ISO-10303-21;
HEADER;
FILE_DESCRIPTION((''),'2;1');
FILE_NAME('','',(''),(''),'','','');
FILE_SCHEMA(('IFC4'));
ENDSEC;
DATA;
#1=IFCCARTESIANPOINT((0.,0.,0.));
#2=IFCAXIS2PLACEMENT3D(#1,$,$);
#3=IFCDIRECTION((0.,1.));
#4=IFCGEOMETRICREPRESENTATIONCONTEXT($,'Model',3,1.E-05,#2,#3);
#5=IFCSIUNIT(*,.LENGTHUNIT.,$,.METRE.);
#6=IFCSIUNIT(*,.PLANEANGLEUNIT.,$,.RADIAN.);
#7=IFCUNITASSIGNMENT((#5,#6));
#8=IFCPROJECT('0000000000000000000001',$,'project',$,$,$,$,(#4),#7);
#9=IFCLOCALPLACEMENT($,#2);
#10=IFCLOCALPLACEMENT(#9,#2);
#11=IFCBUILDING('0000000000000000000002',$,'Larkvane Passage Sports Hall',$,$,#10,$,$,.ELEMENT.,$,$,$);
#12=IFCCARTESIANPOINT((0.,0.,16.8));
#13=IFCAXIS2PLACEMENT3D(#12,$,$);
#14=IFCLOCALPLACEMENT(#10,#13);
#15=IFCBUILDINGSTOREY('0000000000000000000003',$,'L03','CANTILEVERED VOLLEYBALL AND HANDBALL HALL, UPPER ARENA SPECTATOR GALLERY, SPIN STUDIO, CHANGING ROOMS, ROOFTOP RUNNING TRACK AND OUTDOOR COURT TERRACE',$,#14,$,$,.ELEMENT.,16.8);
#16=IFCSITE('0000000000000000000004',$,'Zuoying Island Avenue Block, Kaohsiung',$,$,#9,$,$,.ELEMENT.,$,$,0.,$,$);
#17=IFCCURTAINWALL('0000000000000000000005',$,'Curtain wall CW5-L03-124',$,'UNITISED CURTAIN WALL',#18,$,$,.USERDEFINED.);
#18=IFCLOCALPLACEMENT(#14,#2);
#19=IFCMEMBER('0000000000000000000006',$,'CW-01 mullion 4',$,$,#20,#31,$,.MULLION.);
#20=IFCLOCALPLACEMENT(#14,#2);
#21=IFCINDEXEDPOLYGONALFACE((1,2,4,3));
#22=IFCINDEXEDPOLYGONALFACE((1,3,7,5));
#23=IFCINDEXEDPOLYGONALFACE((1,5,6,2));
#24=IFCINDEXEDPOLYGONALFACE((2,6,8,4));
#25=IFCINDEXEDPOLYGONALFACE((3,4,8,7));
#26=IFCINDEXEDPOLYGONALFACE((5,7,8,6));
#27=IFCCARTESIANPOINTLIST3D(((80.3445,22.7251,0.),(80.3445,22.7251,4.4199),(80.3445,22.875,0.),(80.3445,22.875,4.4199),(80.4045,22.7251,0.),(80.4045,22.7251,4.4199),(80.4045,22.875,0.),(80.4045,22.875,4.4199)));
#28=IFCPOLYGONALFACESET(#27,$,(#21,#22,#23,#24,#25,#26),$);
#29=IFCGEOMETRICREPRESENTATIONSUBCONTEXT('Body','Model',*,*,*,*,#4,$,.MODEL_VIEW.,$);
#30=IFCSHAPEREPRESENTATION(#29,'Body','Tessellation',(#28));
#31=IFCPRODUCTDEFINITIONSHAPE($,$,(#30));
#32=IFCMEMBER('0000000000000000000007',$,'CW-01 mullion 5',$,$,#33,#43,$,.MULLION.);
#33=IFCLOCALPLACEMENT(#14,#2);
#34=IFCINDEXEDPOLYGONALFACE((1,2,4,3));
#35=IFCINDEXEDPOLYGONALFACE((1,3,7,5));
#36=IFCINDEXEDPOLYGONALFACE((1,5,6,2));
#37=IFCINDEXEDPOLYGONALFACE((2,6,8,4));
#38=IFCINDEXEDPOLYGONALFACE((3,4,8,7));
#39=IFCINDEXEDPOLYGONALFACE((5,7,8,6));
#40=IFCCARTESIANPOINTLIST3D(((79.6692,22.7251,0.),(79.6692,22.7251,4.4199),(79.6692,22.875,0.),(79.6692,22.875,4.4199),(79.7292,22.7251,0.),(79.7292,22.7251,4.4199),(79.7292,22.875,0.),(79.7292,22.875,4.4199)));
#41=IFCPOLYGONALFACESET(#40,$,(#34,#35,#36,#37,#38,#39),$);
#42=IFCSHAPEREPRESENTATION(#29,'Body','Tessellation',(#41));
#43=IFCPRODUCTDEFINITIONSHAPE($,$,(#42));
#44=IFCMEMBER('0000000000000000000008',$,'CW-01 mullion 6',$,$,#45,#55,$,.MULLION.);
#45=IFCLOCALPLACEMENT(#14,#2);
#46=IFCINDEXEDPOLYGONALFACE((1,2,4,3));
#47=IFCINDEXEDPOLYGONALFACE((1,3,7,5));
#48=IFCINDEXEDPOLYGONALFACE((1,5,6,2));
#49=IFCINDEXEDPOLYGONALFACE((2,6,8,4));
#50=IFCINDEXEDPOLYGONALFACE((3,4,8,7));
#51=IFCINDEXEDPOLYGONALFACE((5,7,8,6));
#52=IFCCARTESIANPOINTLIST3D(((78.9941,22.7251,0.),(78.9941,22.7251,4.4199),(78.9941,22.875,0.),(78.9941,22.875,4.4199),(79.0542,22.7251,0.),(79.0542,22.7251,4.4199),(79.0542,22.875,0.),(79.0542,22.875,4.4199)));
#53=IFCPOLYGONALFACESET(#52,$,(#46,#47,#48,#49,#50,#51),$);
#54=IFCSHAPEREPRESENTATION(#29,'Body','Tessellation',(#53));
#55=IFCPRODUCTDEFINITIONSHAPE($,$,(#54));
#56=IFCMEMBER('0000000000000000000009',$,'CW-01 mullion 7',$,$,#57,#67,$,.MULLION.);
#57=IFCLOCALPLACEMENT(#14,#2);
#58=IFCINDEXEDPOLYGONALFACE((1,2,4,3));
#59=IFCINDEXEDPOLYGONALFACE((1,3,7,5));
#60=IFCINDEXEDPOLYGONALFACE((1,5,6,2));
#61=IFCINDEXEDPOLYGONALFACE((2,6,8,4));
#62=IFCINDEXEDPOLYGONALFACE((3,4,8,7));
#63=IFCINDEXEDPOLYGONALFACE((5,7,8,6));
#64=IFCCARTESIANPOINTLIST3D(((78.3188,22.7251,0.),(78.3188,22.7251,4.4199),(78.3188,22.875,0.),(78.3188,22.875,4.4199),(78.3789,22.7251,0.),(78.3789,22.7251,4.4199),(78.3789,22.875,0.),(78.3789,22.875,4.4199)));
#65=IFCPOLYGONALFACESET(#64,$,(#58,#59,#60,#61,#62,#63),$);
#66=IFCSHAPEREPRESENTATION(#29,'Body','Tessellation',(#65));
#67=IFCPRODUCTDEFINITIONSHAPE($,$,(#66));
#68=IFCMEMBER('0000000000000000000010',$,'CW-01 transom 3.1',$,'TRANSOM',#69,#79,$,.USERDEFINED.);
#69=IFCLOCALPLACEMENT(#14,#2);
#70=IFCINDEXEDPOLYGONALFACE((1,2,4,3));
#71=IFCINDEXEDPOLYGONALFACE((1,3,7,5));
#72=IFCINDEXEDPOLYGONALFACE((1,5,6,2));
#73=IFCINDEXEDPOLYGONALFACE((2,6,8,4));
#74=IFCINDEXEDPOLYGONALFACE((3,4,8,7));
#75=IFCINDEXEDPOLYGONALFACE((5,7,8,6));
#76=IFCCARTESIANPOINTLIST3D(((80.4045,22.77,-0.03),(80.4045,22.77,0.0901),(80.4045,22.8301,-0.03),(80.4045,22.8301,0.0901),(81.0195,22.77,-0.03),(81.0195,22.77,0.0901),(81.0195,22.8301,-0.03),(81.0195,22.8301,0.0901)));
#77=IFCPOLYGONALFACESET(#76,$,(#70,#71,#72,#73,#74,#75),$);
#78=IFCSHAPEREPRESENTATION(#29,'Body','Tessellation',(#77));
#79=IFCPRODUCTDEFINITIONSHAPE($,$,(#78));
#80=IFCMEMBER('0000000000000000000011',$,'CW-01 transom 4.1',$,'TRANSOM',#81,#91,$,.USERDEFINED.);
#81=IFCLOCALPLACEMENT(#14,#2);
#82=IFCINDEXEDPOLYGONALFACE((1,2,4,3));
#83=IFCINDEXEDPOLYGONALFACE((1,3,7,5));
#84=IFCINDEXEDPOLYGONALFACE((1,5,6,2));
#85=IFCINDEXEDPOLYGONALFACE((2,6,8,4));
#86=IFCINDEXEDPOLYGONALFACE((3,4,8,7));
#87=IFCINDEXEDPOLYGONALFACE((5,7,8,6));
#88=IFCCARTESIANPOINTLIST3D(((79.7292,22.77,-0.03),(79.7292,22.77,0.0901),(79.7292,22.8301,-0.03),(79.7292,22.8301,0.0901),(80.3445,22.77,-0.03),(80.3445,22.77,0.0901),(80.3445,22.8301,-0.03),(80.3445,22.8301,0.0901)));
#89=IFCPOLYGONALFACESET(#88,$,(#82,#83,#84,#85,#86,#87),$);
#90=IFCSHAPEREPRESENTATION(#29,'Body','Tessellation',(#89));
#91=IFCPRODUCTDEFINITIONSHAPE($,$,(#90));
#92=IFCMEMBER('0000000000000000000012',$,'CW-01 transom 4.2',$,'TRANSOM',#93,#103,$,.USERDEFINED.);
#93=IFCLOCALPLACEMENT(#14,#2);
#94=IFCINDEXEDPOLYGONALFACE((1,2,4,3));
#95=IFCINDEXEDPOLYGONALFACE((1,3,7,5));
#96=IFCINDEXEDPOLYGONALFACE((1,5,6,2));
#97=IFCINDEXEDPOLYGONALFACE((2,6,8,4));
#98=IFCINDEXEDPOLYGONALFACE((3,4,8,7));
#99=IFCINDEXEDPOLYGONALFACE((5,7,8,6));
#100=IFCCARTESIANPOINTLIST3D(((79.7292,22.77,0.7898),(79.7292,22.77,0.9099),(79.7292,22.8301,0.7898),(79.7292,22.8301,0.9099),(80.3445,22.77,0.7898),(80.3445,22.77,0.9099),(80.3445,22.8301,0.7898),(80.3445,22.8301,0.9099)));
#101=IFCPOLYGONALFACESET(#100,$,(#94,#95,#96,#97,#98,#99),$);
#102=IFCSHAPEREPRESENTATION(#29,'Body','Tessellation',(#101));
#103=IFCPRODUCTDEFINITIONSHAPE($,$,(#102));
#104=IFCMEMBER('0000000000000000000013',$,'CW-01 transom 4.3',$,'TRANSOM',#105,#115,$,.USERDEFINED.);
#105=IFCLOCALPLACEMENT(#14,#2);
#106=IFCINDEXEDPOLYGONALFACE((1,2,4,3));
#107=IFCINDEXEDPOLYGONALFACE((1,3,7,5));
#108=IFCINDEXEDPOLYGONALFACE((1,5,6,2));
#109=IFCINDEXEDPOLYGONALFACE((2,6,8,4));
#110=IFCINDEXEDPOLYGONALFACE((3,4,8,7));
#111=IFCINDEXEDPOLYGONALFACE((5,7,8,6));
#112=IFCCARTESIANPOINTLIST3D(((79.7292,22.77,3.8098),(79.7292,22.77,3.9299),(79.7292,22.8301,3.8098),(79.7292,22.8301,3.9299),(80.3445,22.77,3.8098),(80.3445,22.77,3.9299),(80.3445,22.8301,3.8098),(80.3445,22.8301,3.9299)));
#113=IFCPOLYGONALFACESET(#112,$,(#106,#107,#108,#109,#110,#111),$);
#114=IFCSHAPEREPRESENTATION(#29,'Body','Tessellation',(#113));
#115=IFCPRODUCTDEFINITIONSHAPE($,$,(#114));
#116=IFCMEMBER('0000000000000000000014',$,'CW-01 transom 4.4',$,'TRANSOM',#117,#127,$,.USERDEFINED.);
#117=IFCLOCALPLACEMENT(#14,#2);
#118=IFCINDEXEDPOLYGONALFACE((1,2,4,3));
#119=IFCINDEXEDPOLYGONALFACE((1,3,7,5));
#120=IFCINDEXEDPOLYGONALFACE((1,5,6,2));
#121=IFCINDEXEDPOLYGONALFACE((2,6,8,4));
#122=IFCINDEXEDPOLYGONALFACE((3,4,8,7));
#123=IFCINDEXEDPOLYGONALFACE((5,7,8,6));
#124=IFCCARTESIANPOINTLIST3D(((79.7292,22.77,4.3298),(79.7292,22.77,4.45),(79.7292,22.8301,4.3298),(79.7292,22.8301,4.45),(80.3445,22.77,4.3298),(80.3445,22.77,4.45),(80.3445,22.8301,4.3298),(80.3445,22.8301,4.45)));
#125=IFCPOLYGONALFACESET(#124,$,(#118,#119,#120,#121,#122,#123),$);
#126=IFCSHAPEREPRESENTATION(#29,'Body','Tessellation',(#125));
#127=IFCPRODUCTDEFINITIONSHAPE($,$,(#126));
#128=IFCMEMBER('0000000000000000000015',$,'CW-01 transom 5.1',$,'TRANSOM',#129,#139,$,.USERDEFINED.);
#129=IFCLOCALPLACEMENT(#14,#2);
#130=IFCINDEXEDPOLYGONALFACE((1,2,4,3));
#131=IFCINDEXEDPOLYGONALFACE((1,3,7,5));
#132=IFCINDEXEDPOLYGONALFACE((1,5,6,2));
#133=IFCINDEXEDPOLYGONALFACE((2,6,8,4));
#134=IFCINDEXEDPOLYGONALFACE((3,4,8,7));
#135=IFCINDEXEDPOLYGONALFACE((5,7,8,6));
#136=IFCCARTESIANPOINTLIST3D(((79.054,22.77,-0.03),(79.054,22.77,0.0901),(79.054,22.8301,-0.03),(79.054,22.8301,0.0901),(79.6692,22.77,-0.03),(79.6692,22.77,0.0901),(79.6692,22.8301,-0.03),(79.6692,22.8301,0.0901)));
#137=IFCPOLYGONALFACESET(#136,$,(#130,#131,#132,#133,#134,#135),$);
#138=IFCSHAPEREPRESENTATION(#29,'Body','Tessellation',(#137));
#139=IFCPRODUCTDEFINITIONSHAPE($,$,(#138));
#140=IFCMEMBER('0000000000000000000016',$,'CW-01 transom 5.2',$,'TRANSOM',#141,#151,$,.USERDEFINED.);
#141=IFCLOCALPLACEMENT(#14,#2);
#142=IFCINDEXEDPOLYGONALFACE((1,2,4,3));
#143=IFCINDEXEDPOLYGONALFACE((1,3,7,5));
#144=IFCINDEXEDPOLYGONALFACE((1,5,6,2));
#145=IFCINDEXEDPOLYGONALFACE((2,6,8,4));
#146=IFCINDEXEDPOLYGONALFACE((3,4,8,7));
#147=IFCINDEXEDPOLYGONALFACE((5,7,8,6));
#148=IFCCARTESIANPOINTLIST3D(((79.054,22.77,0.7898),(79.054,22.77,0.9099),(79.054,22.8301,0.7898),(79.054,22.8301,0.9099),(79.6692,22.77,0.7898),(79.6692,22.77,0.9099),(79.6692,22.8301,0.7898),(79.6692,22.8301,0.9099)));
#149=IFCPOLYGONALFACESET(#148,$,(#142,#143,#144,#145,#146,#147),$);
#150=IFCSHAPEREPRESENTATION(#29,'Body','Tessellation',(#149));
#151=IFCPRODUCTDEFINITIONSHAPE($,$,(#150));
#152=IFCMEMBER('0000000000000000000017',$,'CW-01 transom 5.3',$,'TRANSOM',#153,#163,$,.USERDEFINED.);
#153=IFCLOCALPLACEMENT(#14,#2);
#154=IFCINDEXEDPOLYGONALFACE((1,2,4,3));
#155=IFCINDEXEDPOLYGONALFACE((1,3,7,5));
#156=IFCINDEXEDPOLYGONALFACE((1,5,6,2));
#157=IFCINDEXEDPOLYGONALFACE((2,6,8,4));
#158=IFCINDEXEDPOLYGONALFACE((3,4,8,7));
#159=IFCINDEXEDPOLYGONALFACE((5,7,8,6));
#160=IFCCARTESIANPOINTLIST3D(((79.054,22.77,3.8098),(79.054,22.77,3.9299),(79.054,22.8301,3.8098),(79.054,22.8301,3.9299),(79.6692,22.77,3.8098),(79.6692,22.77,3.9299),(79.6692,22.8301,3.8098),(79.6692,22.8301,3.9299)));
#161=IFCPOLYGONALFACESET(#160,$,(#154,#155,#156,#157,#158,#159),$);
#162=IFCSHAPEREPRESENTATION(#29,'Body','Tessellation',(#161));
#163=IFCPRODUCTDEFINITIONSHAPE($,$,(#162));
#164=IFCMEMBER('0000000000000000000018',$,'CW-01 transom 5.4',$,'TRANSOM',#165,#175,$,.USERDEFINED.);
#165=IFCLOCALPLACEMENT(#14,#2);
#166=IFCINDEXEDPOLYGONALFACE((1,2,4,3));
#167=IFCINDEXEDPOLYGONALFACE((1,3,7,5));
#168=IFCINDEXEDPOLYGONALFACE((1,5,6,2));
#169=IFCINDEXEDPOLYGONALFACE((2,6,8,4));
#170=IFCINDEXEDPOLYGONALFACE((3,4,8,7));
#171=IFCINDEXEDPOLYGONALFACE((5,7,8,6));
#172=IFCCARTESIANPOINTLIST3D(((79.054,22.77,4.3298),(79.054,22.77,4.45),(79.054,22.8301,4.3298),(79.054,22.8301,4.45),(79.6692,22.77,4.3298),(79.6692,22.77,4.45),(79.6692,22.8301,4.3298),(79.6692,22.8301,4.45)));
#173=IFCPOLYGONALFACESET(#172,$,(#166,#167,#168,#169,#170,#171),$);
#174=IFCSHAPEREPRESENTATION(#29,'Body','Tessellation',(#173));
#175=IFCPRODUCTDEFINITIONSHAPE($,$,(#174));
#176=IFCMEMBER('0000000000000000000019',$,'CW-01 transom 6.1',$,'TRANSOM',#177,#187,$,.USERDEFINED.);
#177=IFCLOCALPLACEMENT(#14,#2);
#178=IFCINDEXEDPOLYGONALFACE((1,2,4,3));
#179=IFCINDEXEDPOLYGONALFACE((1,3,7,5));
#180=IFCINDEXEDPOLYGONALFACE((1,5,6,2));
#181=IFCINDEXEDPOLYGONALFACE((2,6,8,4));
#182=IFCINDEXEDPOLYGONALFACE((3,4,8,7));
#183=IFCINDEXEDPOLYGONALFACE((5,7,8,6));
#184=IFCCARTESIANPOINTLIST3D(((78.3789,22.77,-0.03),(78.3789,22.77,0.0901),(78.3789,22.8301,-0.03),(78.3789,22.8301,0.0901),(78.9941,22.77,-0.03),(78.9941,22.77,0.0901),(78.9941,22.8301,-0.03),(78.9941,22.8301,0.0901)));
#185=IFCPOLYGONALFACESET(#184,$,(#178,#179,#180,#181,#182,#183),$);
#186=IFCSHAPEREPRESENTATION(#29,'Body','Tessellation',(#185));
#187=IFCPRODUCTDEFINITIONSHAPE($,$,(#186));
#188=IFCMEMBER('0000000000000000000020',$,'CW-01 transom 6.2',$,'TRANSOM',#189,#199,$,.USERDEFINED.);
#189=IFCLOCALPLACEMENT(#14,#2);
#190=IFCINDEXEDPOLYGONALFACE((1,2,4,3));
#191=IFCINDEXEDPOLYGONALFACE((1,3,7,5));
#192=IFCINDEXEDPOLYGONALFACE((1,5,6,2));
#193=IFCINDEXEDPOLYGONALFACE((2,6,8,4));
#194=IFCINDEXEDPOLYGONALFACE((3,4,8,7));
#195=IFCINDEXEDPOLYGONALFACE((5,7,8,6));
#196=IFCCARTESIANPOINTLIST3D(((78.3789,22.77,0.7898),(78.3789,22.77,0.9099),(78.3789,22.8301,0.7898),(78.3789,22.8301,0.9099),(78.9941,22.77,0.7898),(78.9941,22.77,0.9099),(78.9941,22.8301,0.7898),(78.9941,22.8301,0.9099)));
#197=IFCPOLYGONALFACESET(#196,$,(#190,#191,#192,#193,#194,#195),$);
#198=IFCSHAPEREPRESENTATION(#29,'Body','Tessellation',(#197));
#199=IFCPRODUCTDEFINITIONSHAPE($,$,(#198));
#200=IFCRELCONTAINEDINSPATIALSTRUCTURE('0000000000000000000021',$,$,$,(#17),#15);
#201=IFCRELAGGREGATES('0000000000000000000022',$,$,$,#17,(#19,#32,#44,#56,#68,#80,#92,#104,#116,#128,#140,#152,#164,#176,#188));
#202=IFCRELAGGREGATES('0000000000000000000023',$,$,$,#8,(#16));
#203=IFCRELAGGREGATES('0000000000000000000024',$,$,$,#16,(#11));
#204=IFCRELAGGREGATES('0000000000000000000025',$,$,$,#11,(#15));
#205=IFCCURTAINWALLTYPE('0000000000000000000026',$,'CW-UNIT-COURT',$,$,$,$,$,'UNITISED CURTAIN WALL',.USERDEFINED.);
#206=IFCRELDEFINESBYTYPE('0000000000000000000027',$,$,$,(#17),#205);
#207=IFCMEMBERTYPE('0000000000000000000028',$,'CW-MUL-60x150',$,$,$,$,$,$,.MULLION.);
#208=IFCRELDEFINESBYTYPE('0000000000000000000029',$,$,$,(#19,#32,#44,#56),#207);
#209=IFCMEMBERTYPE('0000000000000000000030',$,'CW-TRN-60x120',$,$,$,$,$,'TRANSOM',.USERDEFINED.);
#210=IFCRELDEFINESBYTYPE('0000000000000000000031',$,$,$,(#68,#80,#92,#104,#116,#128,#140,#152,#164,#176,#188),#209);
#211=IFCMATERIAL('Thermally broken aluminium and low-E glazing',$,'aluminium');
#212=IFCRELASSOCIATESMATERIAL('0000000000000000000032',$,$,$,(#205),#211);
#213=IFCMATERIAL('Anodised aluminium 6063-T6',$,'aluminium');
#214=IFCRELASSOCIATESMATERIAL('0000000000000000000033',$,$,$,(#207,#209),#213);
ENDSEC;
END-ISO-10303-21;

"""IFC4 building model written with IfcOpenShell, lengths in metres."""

from ifc_helpers import new_model, si_unit, direction, frame, origin, origin_2d, place, context, subcontext, project, spatial, rectangle, extrude, material, material_profile, profile_set, type_object, element, aggregate, save


model = new_model("IFC4")

# Units and contexts
model_context = context("Model", 3, precision=1e-05, world=origin(), true_north=direction((0.0, 1.0)))
body_context = subcontext(model_context, "Body", "Model", "MODEL_VIEW")
ifc_project = project(units=[si_unit("LENGTHUNIT", "METRE"), si_unit("PLANEANGLEUNIT", "RADIAN")], contexts=[model_context])

# Site, building, storey
site_placement = place(None, origin())
site = spatial("IfcSite", under=ifc_project, at=site_placement, Name="Zuoying Island Avenue Block, Kaohsiung", CompositionType="ELEMENT", RefElevation=0.0)
building_placement = place(site_placement, origin())
building = spatial("IfcBuilding", under=site, at=building_placement, Name="Larkvane Passage Sports Hall", CompositionType="ELEMENT")
storey_placement = place(building_placement, frame((0.0, 0.0, 16.8)))
storey = spatial("IfcBuildingStorey", under=building, at=storey_placement, Name="L03", Description="CANTILEVERED VOLLEYBALL AND HANDBALL HALL, UPPER ARENA SPECTATOR GALLERY, SPIN STUDIO, CHANGING ROOMS, ROOFTOP RUNNING TRACK AND OUTDOOR COURT TERRACE", CompositionType="ELEMENT", Elevation=16.8)

# Curtain wall, members
ifc_material_1 = material(Name="Thermally broken aluminium and low-E glazing", Category="aluminium")
curtain_wall_type = type_object("IfcCurtainWallType", Name="CW-UNIT-COURT", ElementType="UNITISED CURTAIN WALL", PredefinedType="USERDEFINED", material=ifc_material_1)
curtain_wall_placement = place(storey_placement, origin())
curtain_wall = element("IfcCurtainWall", 1, at=curtain_wall_placement, inside=storey, type_object=curtain_wall_type, Name="Curtain wall CW5-L03-124", ObjectType="UNITISED CURTAIN WALL", PredefinedType="USERDEFINED")
ifc_material_2 = material(Name="Anodised aluminium 6063-T6", Category="aluminium")
ifc_material_profile_1 = material_profile(ifc_material_2, rectangle(XDim=0.0601, YDim=0.1499, at=origin_2d()), Name="ALU-MUL-60x150")
ifc_profile_set_1 = profile_set([ifc_material_profile_1], Name="Anodised aluminium 6063-T6")
member_type_1 = type_object("IfcMemberType", Name="CW-MUL-60x150", PredefinedType="MULLION", material=ifc_profile_set_1)
member_1_placement = place(storey_placement, frame((80.3745, 22.8, 0.0), z_axis=(0.0, 0.0, 1.0), x_axis=(-1.0, 0.0, 0.0)))
member_1 = element("IfcMember", 2, at=member_1_placement, type_object=member_type_1, Name="CW-01 mullion 4", PredefinedType="MULLION", context=body_context, shape_type="SweptSolid", body=[
    extrude(rectangle(XDim=0.0601, YDim=0.1499, at=origin_2d()), origin(), (0.0, 0.0, 1.0), 4.4199),
])
member_2_placement = place(storey_placement, frame((79.6992, 22.8, 0.0), z_axis=(0.0, 0.0, 1.0), x_axis=(-1.0, 0.0, 0.0)))
member_2 = element("IfcMember", 3, at=member_2_placement, type_object=member_type_1, Name="CW-01 mullion 5", PredefinedType="MULLION", context=body_context, shape_type="SweptSolid", body=[
    extrude(rectangle(XDim=0.0601, YDim=0.1499, at=origin_2d()), origin(), (0.0, 0.0, 1.0), 4.4199),
])
member_3_placement = place(storey_placement, frame((79.0242, 22.8, 0.0), z_axis=(0.0, 0.0, 1.0), x_axis=(-1.0, 0.0, 0.0)))
member_3 = element("IfcMember", 4, at=member_3_placement, type_object=member_type_1, Name="CW-01 mullion 6", PredefinedType="MULLION", context=body_context, shape_type="SweptSolid", body=[
    extrude(rectangle(XDim=0.0601, YDim=0.1499, at=origin_2d()), origin(), (0.0, 0.0, 1.0), 4.4199),
])
member_4_placement = place(storey_placement, frame((78.3489, 22.8, 0.0), z_axis=(0.0, 0.0, 1.0), x_axis=(-1.0, 0.0, 0.0)))
member_4 = element("IfcMember", 5, at=member_4_placement, type_object=member_type_1, Name="CW-01 mullion 7", PredefinedType="MULLION", context=body_context, shape_type="SweptSolid", body=[
    extrude(rectangle(XDim=0.0601, YDim=0.1499, at=origin_2d()), origin(), (0.0, 0.0, 1.0), 4.4199),
])
ifc_material_profile_2 = material_profile(ifc_material_2, rectangle(XDim=0.0601, YDim=0.1201, at=origin_2d()), Name="ALU-TRN-60x120")
ifc_profile_set_2 = profile_set([ifc_material_profile_2], Name="Anodised aluminium 6063-T6")
member_type_2 = type_object("IfcMemberType", Name="CW-TRN-60x120", ElementType="TRANSOM", PredefinedType="USERDEFINED", material=ifc_profile_set_2)
member_5_placement = place(storey_placement, frame((81.0195, 22.8, 0.03), z_axis=(-1.0, 0.0, 0.0), x_axis=(0.0, -1.0, 0.0)))
member_5 = element("IfcMember", 6, at=member_5_placement, type_object=member_type_2, Name="CW-01 transom 3.1", ObjectType="TRANSOM", PredefinedType="USERDEFINED", context=body_context, shape_type="SweptSolid", body=[
    extrude(rectangle(XDim=0.0601, YDim=0.1201, at=origin_2d()), origin(), (0.0, 0.0, 1.0), 0.615),
])
member_6_placement = place(storey_placement, frame((80.3445, 22.8, 0.03), z_axis=(-1.0, 0.0, 0.0), x_axis=(0.0, -1.0, 0.0)))
member_6 = element("IfcMember", 7, at=member_6_placement, type_object=member_type_2, Name="CW-01 transom 4.1", ObjectType="TRANSOM", PredefinedType="USERDEFINED", context=body_context, shape_type="SweptSolid", body=[
    extrude(rectangle(XDim=0.0601, YDim=0.1201, at=origin_2d()), origin(), (0.0, 0.0, 1.0), 0.6152),
])
member_7_placement = place(storey_placement, frame((80.3445, 22.8, 0.8499), z_axis=(-1.0, 0.0, 0.0), x_axis=(0.0, -1.0, 0.0)))
member_7 = element("IfcMember", 8, at=member_7_placement, type_object=member_type_2, Name="CW-01 transom 4.2", ObjectType="TRANSOM", PredefinedType="USERDEFINED", context=body_context, shape_type="SweptSolid", body=[
    extrude(rectangle(XDim=0.0601, YDim=0.1201, at=origin_2d()), origin(), (0.0, 0.0, 1.0), 0.6152),
])
member_8_placement = place(storey_placement, frame((80.3445, 22.8, 3.8699), z_axis=(-1.0, 0.0, 0.0), x_axis=(0.0, -1.0, 0.0)))
member_8 = element("IfcMember", 9, at=member_8_placement, type_object=member_type_2, Name="CW-01 transom 4.3", ObjectType="TRANSOM", PredefinedType="USERDEFINED", context=body_context, shape_type="SweptSolid", body=[
    extrude(rectangle(XDim=0.0601, YDim=0.1201, at=origin_2d()), origin(), (0.0, 0.0, 1.0), 0.6152),
])
member_9_placement = place(storey_placement, frame((80.3445, 22.8, 4.3899), z_axis=(-1.0, 0.0, 0.0), x_axis=(0.0, -1.0, 0.0)))
member_9 = element("IfcMember", 10, at=member_9_placement, type_object=member_type_2, Name="CW-01 transom 4.4", ObjectType="TRANSOM", PredefinedType="USERDEFINED", context=body_context, shape_type="SweptSolid", body=[
    extrude(rectangle(XDim=0.0601, YDim=0.1201, at=origin_2d()), origin(), (0.0, 0.0, 1.0), 0.6152),
])
member_10_placement = place(storey_placement, frame((79.6692, 22.8, 0.03), z_axis=(-1.0, 0.0, 0.0), x_axis=(0.0, -1.0, 0.0)))
member_10 = element("IfcMember", 11, at=member_10_placement, type_object=member_type_2, Name="CW-01 transom 5.1", ObjectType="TRANSOM", PredefinedType="USERDEFINED", context=body_context, shape_type="SweptSolid", body=[
    extrude(rectangle(XDim=0.0601, YDim=0.1201, at=origin_2d()), origin(), (0.0, 0.0, 1.0), 0.6152),
])
member_11_placement = place(storey_placement, frame((79.6692, 22.8, 0.8499), z_axis=(-1.0, 0.0, 0.0), x_axis=(0.0, -1.0, 0.0)))
member_11 = element("IfcMember", 12, at=member_11_placement, type_object=member_type_2, Name="CW-01 transom 5.2", ObjectType="TRANSOM", PredefinedType="USERDEFINED", context=body_context, shape_type="SweptSolid", body=[
    extrude(rectangle(XDim=0.0601, YDim=0.1201, at=origin_2d()), origin(), (0.0, 0.0, 1.0), 0.6152),
])
member_12_placement = place(storey_placement, frame((79.6692, 22.8, 3.8699), z_axis=(-1.0, 0.0, 0.0), x_axis=(0.0, -1.0, 0.0)))
member_12 = element("IfcMember", 13, at=member_12_placement, type_object=member_type_2, Name="CW-01 transom 5.3", ObjectType="TRANSOM", PredefinedType="USERDEFINED", context=body_context, shape_type="SweptSolid", body=[
    extrude(rectangle(XDim=0.0601, YDim=0.1201, at=origin_2d()), origin(), (0.0, 0.0, 1.0), 0.6152),
])
member_13_placement = place(storey_placement, frame((79.6692, 22.8, 4.3899), z_axis=(-1.0, 0.0, 0.0), x_axis=(0.0, -1.0, 0.0)))
member_13 = element("IfcMember", 14, at=member_13_placement, type_object=member_type_2, Name="CW-01 transom 5.4", ObjectType="TRANSOM", PredefinedType="USERDEFINED", context=body_context, shape_type="SweptSolid", body=[
    extrude(rectangle(XDim=0.0601, YDim=0.1201, at=origin_2d()), origin(), (0.0, 0.0, 1.0), 0.6152),
])
member_14_placement = place(storey_placement, frame((78.9941, 22.8, 0.03), z_axis=(-1.0, 0.0, 0.0), x_axis=(0.0, -1.0, 0.0)))
member_14 = element("IfcMember", 15, at=member_14_placement, type_object=member_type_2, Name="CW-01 transom 6.1", ObjectType="TRANSOM", PredefinedType="USERDEFINED", context=body_context, shape_type="SweptSolid", body=[
    extrude(rectangle(XDim=0.0601, YDim=0.1201, at=origin_2d()), origin(), (0.0, 0.0, 1.0), 0.6152),
])
member_15_placement = place(storey_placement, frame((78.9941, 22.8, 0.8499), z_axis=(-1.0, 0.0, 0.0), x_axis=(0.0, -1.0, 0.0)))
member_15 = element("IfcMember", 16, at=member_15_placement, type_object=member_type_2, Name="CW-01 transom 6.2", ObjectType="TRANSOM", PredefinedType="USERDEFINED", context=body_context, shape_type="SweptSolid", body=[
    extrude(rectangle(XDim=0.0601, YDim=0.1201, at=origin_2d()), origin(), (0.0, 0.0, 1.0), 0.6152),
])
aggregate(curtain_wall, [member_1, member_2, member_3, member_4, member_5, member_6, member_7, member_8, member_9, member_10, member_11, member_12, member_13, member_14, member_15])

save(model, "model.ifc")
